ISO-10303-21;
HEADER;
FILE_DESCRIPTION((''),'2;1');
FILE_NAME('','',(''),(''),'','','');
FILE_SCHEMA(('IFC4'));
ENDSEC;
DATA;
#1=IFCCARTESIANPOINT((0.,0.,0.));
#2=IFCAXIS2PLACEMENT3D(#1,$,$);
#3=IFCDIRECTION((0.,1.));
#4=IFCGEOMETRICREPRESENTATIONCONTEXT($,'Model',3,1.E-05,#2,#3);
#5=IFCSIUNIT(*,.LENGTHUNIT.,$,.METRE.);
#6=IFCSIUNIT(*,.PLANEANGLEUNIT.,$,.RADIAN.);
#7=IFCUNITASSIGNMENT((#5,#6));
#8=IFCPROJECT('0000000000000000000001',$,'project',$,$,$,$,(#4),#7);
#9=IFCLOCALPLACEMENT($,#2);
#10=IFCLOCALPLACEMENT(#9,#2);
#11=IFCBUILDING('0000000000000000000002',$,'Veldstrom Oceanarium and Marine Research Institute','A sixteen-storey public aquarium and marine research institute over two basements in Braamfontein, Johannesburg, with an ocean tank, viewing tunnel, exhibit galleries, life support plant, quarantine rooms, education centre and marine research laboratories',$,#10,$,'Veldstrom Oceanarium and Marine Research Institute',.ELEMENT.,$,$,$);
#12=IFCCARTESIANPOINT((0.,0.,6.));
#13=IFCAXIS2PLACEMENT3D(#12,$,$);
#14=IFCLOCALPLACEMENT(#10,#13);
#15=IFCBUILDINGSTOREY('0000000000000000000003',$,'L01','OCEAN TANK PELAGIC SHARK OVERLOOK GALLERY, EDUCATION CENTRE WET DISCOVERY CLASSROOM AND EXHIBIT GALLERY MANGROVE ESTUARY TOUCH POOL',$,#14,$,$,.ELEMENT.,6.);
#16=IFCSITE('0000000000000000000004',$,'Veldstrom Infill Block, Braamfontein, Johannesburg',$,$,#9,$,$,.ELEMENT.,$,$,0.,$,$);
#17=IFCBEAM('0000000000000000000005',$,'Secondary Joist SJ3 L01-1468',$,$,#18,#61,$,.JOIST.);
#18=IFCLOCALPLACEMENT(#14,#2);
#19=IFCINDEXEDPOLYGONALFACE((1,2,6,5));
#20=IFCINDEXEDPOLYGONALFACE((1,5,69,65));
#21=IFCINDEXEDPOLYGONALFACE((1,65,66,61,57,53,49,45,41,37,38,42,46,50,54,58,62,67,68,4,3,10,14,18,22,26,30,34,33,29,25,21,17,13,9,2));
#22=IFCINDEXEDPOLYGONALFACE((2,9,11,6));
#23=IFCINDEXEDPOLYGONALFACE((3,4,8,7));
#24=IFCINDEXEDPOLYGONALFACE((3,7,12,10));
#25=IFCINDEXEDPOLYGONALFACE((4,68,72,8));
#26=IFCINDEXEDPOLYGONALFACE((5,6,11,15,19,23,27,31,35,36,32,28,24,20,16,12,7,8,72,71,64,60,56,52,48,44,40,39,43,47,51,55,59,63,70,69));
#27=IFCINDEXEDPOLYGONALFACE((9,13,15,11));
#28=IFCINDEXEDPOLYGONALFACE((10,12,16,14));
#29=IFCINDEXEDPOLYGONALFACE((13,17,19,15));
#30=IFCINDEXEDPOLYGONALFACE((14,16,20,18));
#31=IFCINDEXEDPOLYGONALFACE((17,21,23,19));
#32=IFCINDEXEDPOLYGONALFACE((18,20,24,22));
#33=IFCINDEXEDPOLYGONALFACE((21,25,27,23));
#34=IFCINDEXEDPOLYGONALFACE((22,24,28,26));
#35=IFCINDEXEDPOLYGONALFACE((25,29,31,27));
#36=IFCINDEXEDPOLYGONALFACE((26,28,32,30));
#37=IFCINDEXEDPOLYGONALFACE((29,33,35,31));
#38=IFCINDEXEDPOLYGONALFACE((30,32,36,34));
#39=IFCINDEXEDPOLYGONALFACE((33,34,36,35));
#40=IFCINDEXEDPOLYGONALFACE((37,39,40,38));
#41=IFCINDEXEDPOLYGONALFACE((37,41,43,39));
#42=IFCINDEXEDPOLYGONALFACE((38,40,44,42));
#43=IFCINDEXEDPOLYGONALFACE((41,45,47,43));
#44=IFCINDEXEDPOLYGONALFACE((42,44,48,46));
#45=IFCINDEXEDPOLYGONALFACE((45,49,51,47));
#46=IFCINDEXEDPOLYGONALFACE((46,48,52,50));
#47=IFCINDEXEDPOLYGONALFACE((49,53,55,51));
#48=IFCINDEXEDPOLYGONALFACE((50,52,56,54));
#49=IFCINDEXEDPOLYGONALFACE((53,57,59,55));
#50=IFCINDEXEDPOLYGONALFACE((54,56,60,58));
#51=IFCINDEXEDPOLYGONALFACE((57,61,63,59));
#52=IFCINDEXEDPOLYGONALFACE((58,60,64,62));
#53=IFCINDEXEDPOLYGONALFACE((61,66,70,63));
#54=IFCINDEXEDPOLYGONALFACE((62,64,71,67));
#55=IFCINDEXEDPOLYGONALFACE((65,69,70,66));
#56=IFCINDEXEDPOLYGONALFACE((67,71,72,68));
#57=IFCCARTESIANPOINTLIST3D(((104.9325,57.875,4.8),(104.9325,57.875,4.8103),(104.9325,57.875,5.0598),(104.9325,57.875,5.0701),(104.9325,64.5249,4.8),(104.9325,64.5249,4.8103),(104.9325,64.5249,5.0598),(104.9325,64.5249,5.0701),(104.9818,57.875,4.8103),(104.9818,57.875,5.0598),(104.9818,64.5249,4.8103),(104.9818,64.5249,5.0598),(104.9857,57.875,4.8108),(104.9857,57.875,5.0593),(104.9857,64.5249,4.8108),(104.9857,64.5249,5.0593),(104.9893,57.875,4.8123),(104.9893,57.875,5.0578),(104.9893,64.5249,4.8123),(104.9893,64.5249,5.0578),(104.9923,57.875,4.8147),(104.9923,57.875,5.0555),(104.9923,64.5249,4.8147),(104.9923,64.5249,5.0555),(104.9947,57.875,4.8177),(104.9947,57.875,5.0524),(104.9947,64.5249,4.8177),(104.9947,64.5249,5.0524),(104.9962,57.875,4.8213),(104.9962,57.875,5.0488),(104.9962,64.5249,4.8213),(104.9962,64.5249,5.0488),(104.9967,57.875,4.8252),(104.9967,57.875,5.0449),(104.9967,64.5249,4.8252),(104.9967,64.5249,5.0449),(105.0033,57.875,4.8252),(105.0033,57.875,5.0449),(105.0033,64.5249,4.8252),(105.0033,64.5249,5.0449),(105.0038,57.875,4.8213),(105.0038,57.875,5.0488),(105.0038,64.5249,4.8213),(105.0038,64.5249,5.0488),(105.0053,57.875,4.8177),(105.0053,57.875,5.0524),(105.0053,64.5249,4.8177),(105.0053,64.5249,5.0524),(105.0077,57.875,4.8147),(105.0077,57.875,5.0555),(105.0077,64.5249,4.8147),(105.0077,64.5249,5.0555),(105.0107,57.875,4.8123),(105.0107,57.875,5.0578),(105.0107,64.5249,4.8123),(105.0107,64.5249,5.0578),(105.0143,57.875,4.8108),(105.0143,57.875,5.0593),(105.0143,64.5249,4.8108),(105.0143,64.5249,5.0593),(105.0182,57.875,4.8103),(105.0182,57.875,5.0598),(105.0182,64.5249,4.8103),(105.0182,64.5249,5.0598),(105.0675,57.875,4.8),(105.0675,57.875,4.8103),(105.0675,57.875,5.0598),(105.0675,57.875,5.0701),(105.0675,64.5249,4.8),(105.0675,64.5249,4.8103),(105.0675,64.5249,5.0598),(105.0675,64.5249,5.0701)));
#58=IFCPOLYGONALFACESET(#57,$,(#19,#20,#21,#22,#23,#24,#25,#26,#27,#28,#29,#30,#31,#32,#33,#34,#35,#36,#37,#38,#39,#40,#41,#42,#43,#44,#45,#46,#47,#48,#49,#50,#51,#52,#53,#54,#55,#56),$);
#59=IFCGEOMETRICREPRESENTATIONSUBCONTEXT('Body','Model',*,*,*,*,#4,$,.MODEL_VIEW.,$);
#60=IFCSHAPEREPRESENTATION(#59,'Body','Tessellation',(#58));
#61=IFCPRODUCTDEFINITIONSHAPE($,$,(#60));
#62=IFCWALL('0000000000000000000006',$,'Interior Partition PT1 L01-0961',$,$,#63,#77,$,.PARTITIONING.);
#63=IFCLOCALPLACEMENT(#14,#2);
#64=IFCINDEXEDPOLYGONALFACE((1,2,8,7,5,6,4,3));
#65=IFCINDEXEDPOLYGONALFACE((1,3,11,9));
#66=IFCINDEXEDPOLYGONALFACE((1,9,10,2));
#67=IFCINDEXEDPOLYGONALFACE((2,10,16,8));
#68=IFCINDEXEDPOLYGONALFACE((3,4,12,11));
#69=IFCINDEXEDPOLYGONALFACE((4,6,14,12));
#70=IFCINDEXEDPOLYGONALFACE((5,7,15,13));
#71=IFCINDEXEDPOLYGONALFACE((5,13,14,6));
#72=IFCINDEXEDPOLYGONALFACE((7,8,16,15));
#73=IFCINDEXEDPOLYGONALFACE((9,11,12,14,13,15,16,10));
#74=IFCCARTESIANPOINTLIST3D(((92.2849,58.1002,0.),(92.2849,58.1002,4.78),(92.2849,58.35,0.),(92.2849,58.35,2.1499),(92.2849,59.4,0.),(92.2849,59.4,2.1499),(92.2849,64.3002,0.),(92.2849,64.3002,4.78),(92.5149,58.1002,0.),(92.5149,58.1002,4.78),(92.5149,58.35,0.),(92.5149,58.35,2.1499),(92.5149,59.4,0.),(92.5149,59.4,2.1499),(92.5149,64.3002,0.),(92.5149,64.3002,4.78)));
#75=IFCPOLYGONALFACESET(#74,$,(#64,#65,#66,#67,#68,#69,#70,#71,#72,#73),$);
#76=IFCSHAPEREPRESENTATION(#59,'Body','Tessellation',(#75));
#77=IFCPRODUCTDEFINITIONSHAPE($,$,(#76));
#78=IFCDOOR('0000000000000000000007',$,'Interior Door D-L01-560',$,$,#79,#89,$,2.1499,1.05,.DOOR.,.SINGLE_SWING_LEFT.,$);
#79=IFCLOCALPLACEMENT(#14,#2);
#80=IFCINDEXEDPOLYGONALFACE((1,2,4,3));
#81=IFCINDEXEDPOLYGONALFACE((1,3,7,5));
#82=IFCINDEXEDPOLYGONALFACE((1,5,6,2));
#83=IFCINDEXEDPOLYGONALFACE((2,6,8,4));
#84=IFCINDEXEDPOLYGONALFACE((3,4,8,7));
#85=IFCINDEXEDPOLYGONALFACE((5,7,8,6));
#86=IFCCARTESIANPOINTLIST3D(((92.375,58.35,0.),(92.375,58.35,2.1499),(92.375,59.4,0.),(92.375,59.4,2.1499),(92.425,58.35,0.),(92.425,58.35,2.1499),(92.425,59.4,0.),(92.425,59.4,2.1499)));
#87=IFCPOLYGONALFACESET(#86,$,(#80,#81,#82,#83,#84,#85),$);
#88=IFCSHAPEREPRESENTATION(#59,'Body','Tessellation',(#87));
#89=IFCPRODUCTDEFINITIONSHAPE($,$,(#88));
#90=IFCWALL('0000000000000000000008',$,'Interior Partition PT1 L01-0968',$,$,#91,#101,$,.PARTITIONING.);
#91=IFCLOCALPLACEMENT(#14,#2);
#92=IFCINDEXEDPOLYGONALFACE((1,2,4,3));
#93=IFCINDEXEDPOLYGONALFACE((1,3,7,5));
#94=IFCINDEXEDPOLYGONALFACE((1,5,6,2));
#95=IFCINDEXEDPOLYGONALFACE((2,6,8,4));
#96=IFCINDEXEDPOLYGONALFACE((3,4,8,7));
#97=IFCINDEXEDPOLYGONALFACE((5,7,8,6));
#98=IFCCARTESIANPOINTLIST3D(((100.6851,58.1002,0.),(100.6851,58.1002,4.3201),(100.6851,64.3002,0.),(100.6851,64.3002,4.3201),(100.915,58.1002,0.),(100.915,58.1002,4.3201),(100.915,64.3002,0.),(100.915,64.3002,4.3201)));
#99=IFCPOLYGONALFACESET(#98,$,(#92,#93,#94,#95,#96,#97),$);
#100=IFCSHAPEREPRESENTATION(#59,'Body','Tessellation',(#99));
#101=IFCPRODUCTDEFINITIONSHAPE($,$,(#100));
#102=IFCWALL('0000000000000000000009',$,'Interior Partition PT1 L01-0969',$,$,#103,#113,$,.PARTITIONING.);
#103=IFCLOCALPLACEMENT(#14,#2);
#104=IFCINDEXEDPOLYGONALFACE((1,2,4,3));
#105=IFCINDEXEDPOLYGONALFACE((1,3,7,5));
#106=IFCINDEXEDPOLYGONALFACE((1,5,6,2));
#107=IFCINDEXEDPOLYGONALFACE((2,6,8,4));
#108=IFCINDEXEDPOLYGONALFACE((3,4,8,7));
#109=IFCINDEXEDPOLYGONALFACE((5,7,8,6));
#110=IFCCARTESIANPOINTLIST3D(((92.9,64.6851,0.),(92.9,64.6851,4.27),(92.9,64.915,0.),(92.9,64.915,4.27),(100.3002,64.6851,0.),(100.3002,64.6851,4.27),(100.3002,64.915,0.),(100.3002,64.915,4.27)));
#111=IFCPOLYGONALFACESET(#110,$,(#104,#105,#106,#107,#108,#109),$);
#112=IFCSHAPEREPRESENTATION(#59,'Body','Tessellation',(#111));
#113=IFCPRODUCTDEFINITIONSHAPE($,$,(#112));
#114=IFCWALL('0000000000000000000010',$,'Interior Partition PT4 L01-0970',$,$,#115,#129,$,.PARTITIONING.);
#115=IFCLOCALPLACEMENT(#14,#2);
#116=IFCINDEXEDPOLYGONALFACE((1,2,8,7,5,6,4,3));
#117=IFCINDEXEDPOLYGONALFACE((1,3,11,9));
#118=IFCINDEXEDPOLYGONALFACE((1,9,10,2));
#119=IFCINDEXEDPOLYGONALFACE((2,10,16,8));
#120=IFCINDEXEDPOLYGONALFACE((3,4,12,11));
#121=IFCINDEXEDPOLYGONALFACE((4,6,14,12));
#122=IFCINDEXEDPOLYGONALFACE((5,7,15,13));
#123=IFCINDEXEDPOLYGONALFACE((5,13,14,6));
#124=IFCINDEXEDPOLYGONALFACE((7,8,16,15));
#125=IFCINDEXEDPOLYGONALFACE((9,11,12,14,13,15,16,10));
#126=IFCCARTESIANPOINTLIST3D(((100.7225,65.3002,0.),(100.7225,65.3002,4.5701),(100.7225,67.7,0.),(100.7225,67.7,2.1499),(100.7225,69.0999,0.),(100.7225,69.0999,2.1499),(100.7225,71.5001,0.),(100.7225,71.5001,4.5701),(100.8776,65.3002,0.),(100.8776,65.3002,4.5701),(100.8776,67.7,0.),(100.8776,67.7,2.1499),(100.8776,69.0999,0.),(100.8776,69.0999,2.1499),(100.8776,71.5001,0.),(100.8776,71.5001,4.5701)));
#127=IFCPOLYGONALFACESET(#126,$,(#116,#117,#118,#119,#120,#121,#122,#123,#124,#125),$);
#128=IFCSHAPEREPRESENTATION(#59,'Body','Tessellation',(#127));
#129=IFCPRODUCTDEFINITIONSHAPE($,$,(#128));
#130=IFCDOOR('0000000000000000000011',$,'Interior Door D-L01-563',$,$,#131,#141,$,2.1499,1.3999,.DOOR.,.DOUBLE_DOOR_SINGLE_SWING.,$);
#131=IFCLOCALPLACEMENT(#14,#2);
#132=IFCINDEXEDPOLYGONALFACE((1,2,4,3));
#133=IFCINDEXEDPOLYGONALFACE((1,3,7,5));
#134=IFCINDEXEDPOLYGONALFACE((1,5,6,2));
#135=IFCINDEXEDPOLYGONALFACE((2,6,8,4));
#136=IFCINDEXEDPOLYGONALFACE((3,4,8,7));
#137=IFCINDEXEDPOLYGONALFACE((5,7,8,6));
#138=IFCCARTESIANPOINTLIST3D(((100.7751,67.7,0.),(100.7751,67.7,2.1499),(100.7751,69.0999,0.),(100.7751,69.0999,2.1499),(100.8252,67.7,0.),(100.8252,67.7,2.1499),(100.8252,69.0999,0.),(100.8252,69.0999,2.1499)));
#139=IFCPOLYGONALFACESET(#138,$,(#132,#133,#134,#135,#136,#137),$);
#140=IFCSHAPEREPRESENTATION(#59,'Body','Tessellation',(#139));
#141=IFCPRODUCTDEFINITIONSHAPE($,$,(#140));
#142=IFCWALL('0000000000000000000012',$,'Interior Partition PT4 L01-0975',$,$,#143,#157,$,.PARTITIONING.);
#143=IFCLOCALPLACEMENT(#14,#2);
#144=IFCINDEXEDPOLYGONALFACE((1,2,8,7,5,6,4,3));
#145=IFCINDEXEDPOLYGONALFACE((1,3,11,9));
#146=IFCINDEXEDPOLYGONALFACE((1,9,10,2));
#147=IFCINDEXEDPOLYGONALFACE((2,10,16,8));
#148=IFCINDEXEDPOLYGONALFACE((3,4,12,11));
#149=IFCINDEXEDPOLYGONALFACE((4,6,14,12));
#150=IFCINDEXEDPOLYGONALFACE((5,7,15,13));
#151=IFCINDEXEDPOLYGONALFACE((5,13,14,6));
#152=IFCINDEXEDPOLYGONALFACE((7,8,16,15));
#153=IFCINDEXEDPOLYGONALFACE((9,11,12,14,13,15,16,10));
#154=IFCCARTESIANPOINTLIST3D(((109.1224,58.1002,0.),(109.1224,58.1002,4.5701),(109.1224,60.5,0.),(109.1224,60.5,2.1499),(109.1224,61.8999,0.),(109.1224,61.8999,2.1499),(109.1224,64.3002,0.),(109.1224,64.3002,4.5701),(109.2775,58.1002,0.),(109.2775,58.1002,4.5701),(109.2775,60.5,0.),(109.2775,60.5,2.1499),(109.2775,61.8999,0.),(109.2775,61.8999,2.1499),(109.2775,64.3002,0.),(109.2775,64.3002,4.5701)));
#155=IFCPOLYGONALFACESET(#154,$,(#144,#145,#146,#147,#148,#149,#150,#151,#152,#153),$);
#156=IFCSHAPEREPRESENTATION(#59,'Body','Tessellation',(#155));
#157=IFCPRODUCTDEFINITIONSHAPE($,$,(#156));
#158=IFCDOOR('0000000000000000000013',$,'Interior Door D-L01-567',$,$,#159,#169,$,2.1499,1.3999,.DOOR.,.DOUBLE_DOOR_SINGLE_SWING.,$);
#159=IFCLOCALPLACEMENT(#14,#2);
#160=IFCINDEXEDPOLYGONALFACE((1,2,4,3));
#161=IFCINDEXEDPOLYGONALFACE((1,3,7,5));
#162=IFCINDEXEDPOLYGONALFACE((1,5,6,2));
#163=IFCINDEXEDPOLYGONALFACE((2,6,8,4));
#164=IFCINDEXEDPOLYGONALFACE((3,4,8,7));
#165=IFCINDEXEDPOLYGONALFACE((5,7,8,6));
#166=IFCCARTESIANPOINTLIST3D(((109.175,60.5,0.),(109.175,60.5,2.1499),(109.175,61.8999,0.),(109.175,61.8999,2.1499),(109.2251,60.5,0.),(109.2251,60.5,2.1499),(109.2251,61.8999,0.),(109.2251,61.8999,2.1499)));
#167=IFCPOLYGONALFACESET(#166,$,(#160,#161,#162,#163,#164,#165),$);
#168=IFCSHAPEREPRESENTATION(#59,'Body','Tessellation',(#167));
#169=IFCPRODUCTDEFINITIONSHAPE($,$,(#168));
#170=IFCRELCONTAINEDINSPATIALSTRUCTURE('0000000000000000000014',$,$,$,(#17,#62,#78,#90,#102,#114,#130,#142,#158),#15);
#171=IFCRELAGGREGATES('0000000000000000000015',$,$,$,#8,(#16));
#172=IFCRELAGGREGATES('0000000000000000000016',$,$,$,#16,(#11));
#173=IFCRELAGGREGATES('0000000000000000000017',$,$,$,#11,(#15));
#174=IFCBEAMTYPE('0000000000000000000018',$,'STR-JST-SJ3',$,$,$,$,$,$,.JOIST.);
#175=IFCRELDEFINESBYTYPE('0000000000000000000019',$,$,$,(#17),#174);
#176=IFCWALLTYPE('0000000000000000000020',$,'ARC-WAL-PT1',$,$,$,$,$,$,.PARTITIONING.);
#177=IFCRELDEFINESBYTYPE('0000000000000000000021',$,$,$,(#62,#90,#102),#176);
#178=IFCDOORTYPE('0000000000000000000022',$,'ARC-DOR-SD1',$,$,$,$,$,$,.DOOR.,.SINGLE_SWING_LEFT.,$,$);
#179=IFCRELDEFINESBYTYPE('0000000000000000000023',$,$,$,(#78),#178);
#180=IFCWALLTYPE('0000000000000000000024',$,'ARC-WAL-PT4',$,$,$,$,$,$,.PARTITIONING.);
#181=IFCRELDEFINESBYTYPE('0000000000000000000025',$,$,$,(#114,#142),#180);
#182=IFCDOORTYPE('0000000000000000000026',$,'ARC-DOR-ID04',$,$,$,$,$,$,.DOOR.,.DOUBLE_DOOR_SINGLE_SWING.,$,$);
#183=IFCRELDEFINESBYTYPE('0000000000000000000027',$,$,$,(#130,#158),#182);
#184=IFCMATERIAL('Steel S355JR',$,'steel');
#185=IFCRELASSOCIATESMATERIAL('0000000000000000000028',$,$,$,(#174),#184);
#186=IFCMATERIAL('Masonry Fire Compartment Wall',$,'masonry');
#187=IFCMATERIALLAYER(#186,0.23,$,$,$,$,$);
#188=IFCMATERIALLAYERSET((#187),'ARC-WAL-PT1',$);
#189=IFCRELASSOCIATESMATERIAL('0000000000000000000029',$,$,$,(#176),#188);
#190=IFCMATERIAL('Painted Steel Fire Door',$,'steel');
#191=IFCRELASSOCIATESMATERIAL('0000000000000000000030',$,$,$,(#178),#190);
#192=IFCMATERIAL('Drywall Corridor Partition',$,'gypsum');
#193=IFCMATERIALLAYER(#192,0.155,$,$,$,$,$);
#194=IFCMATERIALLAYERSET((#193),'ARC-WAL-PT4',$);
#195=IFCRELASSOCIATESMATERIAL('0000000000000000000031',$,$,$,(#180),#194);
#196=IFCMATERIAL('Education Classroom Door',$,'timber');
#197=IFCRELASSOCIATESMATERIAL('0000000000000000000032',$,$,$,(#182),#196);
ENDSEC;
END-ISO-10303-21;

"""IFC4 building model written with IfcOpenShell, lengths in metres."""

from ifc_helpers import new_model, si_unit, direction, frame, frame_2d, origin, origin_2d, place, context, subcontext, project, spatial, rectangle, i_section, extrude, material, layer, layer_set, material_profile, profile_set, type_object, element, fill, save


model = new_model("IFC4")

# Units and contexts
model_context = context("Model", 3, precision=1e-05, world=origin(), true_north=direction((0.0, 1.0)))
body_context = subcontext(model_context, "Body", "Model", "MODEL_VIEW")
ifc_project = project(units=[si_unit("LENGTHUNIT", "METRE"), si_unit("PLANEANGLEUNIT", "RADIAN")], contexts=[model_context])

# Site, building, storey
site_placement = place(None, origin())
site = spatial("IfcSite", under=ifc_project, at=site_placement, Name="Veldstrom Infill Block, Braamfontein, Johannesburg", CompositionType="ELEMENT", RefElevation=0.0)
building_placement = place(site_placement, origin())
building = spatial("IfcBuilding", under=site, at=building_placement, Name="Veldstrom Oceanarium and Marine Research Institute", Description="A sixteen-storey public aquarium and marine research institute over two basements in Braamfontein, Johannesburg, with an ocean tank, viewing tunnel, exhibit galleries, life support plant, quarantine rooms, education centre and marine research laboratories", LongName="Veldstrom Oceanarium and Marine Research Institute", CompositionType="ELEMENT")
storey_placement = place(building_placement, frame((0.0, 0.0, 6.0)))
storey = spatial("IfcBuildingStorey", under=building, at=storey_placement, Name="L01", Description="OCEAN TANK PELAGIC SHARK OVERLOOK GALLERY, EDUCATION CENTRE WET DISCOVERY CLASSROOM AND EXHIBIT GALLERY MANGROVE ESTUARY TOUCH POOL", CompositionType="ELEMENT", Elevation=6.0)

# Beam
ifc_material_1 = material(Name="Steel S355JR", Category="steel")
ifc_material_profile_1 = material_profile(ifc_material_1, i_section(OverallWidth=0.135, OverallDepth=0.27, WebThickness=0.0066, FlangeThickness=0.0103, FilletRadius=0.0149, at=origin_2d()), Name="IPE 270")
ifc_profile_set_1 = profile_set([ifc_material_profile_1], Name="Steel S355JR")
beam_type_1 = type_object("IfcBeamType", Name="STR-JST-SJ3", PredefinedType="JOIST", material=ifc_profile_set_1)
beam_1_placement = place(storey_placement, frame((105.0, 57.875, 4.9351), z_axis=(0.0, 1.0, 0.0), x_axis=(-1.0, 0.0, 0.0)))
element("IfcBeam", 1, at=beam_1_placement, inside=storey, type_object=beam_type_1, Name="Secondary Joist SJ3 L01-1468", PredefinedType="JOIST", context=body_context, shape_type="SweptSolid", body=[
    extrude(i_section(OverallWidth=0.135, OverallDepth=0.27, WebThickness=0.0066, FlangeThickness=0.0103, FilletRadius=0.0149, at=origin_2d()), origin(), (0.0, 0.0, 1.0), 6.6499),
])

# Wall, opening, door
ifc_material_2 = material(Name="Masonry Fire Compartment Wall", Category="masonry")
ifc_layer_1 = layer(ifc_material_2, 0.23)
ifc_layer_set_1 = layer_set([ifc_layer_1], Name="ARC-WAL-PT1")
wall_type_1 = type_object("IfcWallType", Name="ARC-WAL-PT1", PredefinedType="PARTITIONING", material=ifc_layer_set_1)
wall_1_placement = place(storey_placement, frame((92.3999, 58.1001, 0.0), z_axis=(0.0, 0.0, 1.0), x_axis=(0.0, 1.0, 0.0)))
wall_1 = element("IfcWall", 2, at=wall_1_placement, inside=storey, type_object=wall_type_1, Name="Interior Partition PT1 L01-0961", PredefinedType="PARTITIONING", context=body_context, shape_type="SweptSolid", body=[
    extrude(rectangle(XDim=6.2, YDim=0.23, at=frame_2d((3.1001, 0.0))), origin(), (0.0, 0.0, 1.0), 4.78),
])
opening_1_placement = place(wall_1_placement, frame((0.25, 0.0, 0.0)))
opening_1 = element("IfcOpeningElement", 3, at=opening_1_placement, cuts=wall_1, PredefinedType="OPENING", context=body_context, shape_type="SweptSolid", body=[
    extrude(rectangle(XDim=1.05, YDim=2.1499, at=frame_2d((0.5249, 1.075))), frame((0.0, 0.125, 0.0), z_axis=(0.0, -1.0, 0.0), x_axis=(1.0, 0.0, 0.0)), (0.0, 0.0, 1.0), 0.25),
])
ifc_material_3 = material(Name="Painted Steel Fire Door", Category="steel")
door_type_1 = type_object("IfcDoorType", Name="ARC-DOR-SD1", OperationType="SINGLE_SWING_LEFT", PredefinedType="DOOR", material=ifc_material_3)
door_1_placement = place(opening_1_placement, origin())
door_1 = element("IfcDoor", 4, at=door_1_placement, inside=storey, type_object=door_type_1, Name="Interior Door D-L01-560", OperationType="SINGLE_SWING_LEFT", OverallHeight=2.1499, OverallWidth=1.05, PredefinedType="DOOR", context=body_context, shape_type="SweptSolid", body=[
    extrude(rectangle(XDim=1.05, YDim=2.1499, at=frame_2d((0.5249, 1.075))), frame((0.0, 0.0249, 0.0), z_axis=(0.0, -1.0, 0.0), x_axis=(1.0, 0.0, 0.0)), (0.0, 0.0, 1.0), 0.05),
])
fill(opening_1, door_1)

# Walls
wall_2_placement = place(storey_placement, frame((100.8, 58.1001, 0.0), z_axis=(0.0, 0.0, 1.0), x_axis=(0.0, 1.0, 0.0)))
element("IfcWall", 5, at=wall_2_placement, inside=storey, type_object=wall_type_1, Name="Interior Partition PT1 L01-0968", PredefinedType="PARTITIONING", context=body_context, shape_type="SweptSolid", body=[
    extrude(rectangle(XDim=6.2, YDim=0.23, at=frame_2d((3.1001, 0.0))), origin(), (0.0, 0.0, 1.0), 4.3201),
])
wall_3_placement = place(storey_placement, frame((92.8999, 64.8, 0.0), z_axis=(0.0, 0.0, 1.0), x_axis=(1.0, 0.0, 0.0)))
element("IfcWall", 6, at=wall_3_placement, inside=storey, type_object=wall_type_1, Name="Interior Partition PT1 L01-0969", PredefinedType="PARTITIONING", context=body_context, shape_type="SweptSolid", body=[
    extrude(rectangle(XDim=7.4001, YDim=0.23, at=frame_2d((3.7002, 0.0))), origin(), (0.0, 0.0, 1.0), 4.27),
])

# Walls, openings, doors
ifc_material_4 = material(Name="Drywall Corridor Partition", Category="gypsum")
ifc_layer_2 = layer(ifc_material_4, 0.155)
ifc_layer_set_2 = layer_set([ifc_layer_2], Name="ARC-WAL-PT4")
wall_type_2 = type_object("IfcWallType", Name="ARC-WAL-PT4", PredefinedType="PARTITIONING", material=ifc_layer_set_2)
wall_4_placement = place(storey_placement, frame((100.8, 65.3, 0.0), z_axis=(0.0, 0.0, 1.0), x_axis=(0.0, 1.0, 0.0)))
wall_4 = element("IfcWall", 7, at=wall_4_placement, inside=storey, type_object=wall_type_2, Name="Interior Partition PT4 L01-0970", PredefinedType="PARTITIONING", context=body_context, shape_type="SweptSolid", body=[
    extrude(rectangle(XDim=6.2, YDim=0.155, at=frame_2d((3.1001, 0.0))), origin(), (0.0, 0.0, 1.0), 4.5701),
])
opening_2_placement = place(wall_4_placement, frame((2.3999, 0.0, 0.0)))
opening_2 = element("IfcOpeningElement", 8, at=opening_2_placement, cuts=wall_4, PredefinedType="OPENING", context=body_context, shape_type="SweptSolid", body=[
    extrude(rectangle(XDim=1.3999, YDim=2.1499, at=frame_2d((0.7, 1.075))), frame((0.0, 0.0874, 0.0), z_axis=(0.0, -1.0, 0.0), x_axis=(1.0, 0.0, 0.0)), (0.0, 0.0, 1.0), 0.175),
])
ifc_material_5 = material(Name="Education Classroom Door", Category="timber")
door_type_2 = type_object("IfcDoorType", Name="ARC-DOR-ID04", OperationType="DOUBLE_DOOR_SINGLE_SWING", PredefinedType="DOOR", material=ifc_material_5)
door_2_placement = place(opening_2_placement, origin())
door_2 = element("IfcDoor", 9, at=door_2_placement, inside=storey, type_object=door_type_2, Name="Interior Door D-L01-563", OperationType="DOUBLE_DOOR_SINGLE_SWING", OverallHeight=2.1499, OverallWidth=1.3999, PredefinedType="DOOR", context=body_context, shape_type="SweptSolid", body=[
    extrude(rectangle(XDim=1.3999, YDim=2.1499, at=frame_2d((0.7, 1.075))), frame((0.0, 0.0249, 0.0), z_axis=(0.0, -1.0, 0.0), x_axis=(1.0, 0.0, 0.0)), (0.0, 0.0, 1.0), 0.05),
])
fill(opening_2, door_2)
wall_5_placement = place(storey_placement, frame((109.2, 58.1001, 0.0), z_axis=(0.0, 0.0, 1.0), x_axis=(0.0, 1.0, 0.0)))
wall_5 = element("IfcWall", 10, at=wall_5_placement, inside=storey, type_object=wall_type_2, Name="Interior Partition PT4 L01-0975", PredefinedType="PARTITIONING", context=body_context, shape_type="SweptSolid", body=[
    extrude(rectangle(XDim=6.2, YDim=0.155, at=frame_2d((3.1001, 0.0))), origin(), (0.0, 0.0, 1.0), 4.5701),
])
opening_3_placement = place(wall_5_placement, frame((2.3999, 0.0, 0.0)))
opening_3 = element("IfcOpeningElement", 11, at=opening_3_placement, cuts=wall_5, PredefinedType="OPENING", context=body_context, shape_type="SweptSolid", body=[
    extrude(rectangle(XDim=1.3999, YDim=2.1499, at=frame_2d((0.7, 1.075))), frame((0.0, 0.0874, 0.0), z_axis=(0.0, -1.0, 0.0), x_axis=(1.0, 0.0, 0.0)), (0.0, 0.0, 1.0), 0.175),
])
door_3_placement = place(opening_3_placement, origin())
door_3 = element("IfcDoor", 12, at=door_3_placement, inside=storey, type_object=door_type_2, Name="Interior Door D-L01-567", OperationType="DOUBLE_DOOR_SINGLE_SWING", OverallHeight=2.1499, OverallWidth=1.3999, PredefinedType="DOOR", context=body_context, shape_type="SweptSolid", body=[
    extrude(rectangle(XDim=1.3999, YDim=2.1499, at=frame_2d((0.7, 1.075))), frame((0.0, 0.0249, 0.0), z_axis=(0.0, -1.0, 0.0), x_axis=(1.0, 0.0, 0.0)), (0.0, 0.0, 1.0), 0.05),
])
fill(opening_3, door_3)

save(model, "model.ifc")
